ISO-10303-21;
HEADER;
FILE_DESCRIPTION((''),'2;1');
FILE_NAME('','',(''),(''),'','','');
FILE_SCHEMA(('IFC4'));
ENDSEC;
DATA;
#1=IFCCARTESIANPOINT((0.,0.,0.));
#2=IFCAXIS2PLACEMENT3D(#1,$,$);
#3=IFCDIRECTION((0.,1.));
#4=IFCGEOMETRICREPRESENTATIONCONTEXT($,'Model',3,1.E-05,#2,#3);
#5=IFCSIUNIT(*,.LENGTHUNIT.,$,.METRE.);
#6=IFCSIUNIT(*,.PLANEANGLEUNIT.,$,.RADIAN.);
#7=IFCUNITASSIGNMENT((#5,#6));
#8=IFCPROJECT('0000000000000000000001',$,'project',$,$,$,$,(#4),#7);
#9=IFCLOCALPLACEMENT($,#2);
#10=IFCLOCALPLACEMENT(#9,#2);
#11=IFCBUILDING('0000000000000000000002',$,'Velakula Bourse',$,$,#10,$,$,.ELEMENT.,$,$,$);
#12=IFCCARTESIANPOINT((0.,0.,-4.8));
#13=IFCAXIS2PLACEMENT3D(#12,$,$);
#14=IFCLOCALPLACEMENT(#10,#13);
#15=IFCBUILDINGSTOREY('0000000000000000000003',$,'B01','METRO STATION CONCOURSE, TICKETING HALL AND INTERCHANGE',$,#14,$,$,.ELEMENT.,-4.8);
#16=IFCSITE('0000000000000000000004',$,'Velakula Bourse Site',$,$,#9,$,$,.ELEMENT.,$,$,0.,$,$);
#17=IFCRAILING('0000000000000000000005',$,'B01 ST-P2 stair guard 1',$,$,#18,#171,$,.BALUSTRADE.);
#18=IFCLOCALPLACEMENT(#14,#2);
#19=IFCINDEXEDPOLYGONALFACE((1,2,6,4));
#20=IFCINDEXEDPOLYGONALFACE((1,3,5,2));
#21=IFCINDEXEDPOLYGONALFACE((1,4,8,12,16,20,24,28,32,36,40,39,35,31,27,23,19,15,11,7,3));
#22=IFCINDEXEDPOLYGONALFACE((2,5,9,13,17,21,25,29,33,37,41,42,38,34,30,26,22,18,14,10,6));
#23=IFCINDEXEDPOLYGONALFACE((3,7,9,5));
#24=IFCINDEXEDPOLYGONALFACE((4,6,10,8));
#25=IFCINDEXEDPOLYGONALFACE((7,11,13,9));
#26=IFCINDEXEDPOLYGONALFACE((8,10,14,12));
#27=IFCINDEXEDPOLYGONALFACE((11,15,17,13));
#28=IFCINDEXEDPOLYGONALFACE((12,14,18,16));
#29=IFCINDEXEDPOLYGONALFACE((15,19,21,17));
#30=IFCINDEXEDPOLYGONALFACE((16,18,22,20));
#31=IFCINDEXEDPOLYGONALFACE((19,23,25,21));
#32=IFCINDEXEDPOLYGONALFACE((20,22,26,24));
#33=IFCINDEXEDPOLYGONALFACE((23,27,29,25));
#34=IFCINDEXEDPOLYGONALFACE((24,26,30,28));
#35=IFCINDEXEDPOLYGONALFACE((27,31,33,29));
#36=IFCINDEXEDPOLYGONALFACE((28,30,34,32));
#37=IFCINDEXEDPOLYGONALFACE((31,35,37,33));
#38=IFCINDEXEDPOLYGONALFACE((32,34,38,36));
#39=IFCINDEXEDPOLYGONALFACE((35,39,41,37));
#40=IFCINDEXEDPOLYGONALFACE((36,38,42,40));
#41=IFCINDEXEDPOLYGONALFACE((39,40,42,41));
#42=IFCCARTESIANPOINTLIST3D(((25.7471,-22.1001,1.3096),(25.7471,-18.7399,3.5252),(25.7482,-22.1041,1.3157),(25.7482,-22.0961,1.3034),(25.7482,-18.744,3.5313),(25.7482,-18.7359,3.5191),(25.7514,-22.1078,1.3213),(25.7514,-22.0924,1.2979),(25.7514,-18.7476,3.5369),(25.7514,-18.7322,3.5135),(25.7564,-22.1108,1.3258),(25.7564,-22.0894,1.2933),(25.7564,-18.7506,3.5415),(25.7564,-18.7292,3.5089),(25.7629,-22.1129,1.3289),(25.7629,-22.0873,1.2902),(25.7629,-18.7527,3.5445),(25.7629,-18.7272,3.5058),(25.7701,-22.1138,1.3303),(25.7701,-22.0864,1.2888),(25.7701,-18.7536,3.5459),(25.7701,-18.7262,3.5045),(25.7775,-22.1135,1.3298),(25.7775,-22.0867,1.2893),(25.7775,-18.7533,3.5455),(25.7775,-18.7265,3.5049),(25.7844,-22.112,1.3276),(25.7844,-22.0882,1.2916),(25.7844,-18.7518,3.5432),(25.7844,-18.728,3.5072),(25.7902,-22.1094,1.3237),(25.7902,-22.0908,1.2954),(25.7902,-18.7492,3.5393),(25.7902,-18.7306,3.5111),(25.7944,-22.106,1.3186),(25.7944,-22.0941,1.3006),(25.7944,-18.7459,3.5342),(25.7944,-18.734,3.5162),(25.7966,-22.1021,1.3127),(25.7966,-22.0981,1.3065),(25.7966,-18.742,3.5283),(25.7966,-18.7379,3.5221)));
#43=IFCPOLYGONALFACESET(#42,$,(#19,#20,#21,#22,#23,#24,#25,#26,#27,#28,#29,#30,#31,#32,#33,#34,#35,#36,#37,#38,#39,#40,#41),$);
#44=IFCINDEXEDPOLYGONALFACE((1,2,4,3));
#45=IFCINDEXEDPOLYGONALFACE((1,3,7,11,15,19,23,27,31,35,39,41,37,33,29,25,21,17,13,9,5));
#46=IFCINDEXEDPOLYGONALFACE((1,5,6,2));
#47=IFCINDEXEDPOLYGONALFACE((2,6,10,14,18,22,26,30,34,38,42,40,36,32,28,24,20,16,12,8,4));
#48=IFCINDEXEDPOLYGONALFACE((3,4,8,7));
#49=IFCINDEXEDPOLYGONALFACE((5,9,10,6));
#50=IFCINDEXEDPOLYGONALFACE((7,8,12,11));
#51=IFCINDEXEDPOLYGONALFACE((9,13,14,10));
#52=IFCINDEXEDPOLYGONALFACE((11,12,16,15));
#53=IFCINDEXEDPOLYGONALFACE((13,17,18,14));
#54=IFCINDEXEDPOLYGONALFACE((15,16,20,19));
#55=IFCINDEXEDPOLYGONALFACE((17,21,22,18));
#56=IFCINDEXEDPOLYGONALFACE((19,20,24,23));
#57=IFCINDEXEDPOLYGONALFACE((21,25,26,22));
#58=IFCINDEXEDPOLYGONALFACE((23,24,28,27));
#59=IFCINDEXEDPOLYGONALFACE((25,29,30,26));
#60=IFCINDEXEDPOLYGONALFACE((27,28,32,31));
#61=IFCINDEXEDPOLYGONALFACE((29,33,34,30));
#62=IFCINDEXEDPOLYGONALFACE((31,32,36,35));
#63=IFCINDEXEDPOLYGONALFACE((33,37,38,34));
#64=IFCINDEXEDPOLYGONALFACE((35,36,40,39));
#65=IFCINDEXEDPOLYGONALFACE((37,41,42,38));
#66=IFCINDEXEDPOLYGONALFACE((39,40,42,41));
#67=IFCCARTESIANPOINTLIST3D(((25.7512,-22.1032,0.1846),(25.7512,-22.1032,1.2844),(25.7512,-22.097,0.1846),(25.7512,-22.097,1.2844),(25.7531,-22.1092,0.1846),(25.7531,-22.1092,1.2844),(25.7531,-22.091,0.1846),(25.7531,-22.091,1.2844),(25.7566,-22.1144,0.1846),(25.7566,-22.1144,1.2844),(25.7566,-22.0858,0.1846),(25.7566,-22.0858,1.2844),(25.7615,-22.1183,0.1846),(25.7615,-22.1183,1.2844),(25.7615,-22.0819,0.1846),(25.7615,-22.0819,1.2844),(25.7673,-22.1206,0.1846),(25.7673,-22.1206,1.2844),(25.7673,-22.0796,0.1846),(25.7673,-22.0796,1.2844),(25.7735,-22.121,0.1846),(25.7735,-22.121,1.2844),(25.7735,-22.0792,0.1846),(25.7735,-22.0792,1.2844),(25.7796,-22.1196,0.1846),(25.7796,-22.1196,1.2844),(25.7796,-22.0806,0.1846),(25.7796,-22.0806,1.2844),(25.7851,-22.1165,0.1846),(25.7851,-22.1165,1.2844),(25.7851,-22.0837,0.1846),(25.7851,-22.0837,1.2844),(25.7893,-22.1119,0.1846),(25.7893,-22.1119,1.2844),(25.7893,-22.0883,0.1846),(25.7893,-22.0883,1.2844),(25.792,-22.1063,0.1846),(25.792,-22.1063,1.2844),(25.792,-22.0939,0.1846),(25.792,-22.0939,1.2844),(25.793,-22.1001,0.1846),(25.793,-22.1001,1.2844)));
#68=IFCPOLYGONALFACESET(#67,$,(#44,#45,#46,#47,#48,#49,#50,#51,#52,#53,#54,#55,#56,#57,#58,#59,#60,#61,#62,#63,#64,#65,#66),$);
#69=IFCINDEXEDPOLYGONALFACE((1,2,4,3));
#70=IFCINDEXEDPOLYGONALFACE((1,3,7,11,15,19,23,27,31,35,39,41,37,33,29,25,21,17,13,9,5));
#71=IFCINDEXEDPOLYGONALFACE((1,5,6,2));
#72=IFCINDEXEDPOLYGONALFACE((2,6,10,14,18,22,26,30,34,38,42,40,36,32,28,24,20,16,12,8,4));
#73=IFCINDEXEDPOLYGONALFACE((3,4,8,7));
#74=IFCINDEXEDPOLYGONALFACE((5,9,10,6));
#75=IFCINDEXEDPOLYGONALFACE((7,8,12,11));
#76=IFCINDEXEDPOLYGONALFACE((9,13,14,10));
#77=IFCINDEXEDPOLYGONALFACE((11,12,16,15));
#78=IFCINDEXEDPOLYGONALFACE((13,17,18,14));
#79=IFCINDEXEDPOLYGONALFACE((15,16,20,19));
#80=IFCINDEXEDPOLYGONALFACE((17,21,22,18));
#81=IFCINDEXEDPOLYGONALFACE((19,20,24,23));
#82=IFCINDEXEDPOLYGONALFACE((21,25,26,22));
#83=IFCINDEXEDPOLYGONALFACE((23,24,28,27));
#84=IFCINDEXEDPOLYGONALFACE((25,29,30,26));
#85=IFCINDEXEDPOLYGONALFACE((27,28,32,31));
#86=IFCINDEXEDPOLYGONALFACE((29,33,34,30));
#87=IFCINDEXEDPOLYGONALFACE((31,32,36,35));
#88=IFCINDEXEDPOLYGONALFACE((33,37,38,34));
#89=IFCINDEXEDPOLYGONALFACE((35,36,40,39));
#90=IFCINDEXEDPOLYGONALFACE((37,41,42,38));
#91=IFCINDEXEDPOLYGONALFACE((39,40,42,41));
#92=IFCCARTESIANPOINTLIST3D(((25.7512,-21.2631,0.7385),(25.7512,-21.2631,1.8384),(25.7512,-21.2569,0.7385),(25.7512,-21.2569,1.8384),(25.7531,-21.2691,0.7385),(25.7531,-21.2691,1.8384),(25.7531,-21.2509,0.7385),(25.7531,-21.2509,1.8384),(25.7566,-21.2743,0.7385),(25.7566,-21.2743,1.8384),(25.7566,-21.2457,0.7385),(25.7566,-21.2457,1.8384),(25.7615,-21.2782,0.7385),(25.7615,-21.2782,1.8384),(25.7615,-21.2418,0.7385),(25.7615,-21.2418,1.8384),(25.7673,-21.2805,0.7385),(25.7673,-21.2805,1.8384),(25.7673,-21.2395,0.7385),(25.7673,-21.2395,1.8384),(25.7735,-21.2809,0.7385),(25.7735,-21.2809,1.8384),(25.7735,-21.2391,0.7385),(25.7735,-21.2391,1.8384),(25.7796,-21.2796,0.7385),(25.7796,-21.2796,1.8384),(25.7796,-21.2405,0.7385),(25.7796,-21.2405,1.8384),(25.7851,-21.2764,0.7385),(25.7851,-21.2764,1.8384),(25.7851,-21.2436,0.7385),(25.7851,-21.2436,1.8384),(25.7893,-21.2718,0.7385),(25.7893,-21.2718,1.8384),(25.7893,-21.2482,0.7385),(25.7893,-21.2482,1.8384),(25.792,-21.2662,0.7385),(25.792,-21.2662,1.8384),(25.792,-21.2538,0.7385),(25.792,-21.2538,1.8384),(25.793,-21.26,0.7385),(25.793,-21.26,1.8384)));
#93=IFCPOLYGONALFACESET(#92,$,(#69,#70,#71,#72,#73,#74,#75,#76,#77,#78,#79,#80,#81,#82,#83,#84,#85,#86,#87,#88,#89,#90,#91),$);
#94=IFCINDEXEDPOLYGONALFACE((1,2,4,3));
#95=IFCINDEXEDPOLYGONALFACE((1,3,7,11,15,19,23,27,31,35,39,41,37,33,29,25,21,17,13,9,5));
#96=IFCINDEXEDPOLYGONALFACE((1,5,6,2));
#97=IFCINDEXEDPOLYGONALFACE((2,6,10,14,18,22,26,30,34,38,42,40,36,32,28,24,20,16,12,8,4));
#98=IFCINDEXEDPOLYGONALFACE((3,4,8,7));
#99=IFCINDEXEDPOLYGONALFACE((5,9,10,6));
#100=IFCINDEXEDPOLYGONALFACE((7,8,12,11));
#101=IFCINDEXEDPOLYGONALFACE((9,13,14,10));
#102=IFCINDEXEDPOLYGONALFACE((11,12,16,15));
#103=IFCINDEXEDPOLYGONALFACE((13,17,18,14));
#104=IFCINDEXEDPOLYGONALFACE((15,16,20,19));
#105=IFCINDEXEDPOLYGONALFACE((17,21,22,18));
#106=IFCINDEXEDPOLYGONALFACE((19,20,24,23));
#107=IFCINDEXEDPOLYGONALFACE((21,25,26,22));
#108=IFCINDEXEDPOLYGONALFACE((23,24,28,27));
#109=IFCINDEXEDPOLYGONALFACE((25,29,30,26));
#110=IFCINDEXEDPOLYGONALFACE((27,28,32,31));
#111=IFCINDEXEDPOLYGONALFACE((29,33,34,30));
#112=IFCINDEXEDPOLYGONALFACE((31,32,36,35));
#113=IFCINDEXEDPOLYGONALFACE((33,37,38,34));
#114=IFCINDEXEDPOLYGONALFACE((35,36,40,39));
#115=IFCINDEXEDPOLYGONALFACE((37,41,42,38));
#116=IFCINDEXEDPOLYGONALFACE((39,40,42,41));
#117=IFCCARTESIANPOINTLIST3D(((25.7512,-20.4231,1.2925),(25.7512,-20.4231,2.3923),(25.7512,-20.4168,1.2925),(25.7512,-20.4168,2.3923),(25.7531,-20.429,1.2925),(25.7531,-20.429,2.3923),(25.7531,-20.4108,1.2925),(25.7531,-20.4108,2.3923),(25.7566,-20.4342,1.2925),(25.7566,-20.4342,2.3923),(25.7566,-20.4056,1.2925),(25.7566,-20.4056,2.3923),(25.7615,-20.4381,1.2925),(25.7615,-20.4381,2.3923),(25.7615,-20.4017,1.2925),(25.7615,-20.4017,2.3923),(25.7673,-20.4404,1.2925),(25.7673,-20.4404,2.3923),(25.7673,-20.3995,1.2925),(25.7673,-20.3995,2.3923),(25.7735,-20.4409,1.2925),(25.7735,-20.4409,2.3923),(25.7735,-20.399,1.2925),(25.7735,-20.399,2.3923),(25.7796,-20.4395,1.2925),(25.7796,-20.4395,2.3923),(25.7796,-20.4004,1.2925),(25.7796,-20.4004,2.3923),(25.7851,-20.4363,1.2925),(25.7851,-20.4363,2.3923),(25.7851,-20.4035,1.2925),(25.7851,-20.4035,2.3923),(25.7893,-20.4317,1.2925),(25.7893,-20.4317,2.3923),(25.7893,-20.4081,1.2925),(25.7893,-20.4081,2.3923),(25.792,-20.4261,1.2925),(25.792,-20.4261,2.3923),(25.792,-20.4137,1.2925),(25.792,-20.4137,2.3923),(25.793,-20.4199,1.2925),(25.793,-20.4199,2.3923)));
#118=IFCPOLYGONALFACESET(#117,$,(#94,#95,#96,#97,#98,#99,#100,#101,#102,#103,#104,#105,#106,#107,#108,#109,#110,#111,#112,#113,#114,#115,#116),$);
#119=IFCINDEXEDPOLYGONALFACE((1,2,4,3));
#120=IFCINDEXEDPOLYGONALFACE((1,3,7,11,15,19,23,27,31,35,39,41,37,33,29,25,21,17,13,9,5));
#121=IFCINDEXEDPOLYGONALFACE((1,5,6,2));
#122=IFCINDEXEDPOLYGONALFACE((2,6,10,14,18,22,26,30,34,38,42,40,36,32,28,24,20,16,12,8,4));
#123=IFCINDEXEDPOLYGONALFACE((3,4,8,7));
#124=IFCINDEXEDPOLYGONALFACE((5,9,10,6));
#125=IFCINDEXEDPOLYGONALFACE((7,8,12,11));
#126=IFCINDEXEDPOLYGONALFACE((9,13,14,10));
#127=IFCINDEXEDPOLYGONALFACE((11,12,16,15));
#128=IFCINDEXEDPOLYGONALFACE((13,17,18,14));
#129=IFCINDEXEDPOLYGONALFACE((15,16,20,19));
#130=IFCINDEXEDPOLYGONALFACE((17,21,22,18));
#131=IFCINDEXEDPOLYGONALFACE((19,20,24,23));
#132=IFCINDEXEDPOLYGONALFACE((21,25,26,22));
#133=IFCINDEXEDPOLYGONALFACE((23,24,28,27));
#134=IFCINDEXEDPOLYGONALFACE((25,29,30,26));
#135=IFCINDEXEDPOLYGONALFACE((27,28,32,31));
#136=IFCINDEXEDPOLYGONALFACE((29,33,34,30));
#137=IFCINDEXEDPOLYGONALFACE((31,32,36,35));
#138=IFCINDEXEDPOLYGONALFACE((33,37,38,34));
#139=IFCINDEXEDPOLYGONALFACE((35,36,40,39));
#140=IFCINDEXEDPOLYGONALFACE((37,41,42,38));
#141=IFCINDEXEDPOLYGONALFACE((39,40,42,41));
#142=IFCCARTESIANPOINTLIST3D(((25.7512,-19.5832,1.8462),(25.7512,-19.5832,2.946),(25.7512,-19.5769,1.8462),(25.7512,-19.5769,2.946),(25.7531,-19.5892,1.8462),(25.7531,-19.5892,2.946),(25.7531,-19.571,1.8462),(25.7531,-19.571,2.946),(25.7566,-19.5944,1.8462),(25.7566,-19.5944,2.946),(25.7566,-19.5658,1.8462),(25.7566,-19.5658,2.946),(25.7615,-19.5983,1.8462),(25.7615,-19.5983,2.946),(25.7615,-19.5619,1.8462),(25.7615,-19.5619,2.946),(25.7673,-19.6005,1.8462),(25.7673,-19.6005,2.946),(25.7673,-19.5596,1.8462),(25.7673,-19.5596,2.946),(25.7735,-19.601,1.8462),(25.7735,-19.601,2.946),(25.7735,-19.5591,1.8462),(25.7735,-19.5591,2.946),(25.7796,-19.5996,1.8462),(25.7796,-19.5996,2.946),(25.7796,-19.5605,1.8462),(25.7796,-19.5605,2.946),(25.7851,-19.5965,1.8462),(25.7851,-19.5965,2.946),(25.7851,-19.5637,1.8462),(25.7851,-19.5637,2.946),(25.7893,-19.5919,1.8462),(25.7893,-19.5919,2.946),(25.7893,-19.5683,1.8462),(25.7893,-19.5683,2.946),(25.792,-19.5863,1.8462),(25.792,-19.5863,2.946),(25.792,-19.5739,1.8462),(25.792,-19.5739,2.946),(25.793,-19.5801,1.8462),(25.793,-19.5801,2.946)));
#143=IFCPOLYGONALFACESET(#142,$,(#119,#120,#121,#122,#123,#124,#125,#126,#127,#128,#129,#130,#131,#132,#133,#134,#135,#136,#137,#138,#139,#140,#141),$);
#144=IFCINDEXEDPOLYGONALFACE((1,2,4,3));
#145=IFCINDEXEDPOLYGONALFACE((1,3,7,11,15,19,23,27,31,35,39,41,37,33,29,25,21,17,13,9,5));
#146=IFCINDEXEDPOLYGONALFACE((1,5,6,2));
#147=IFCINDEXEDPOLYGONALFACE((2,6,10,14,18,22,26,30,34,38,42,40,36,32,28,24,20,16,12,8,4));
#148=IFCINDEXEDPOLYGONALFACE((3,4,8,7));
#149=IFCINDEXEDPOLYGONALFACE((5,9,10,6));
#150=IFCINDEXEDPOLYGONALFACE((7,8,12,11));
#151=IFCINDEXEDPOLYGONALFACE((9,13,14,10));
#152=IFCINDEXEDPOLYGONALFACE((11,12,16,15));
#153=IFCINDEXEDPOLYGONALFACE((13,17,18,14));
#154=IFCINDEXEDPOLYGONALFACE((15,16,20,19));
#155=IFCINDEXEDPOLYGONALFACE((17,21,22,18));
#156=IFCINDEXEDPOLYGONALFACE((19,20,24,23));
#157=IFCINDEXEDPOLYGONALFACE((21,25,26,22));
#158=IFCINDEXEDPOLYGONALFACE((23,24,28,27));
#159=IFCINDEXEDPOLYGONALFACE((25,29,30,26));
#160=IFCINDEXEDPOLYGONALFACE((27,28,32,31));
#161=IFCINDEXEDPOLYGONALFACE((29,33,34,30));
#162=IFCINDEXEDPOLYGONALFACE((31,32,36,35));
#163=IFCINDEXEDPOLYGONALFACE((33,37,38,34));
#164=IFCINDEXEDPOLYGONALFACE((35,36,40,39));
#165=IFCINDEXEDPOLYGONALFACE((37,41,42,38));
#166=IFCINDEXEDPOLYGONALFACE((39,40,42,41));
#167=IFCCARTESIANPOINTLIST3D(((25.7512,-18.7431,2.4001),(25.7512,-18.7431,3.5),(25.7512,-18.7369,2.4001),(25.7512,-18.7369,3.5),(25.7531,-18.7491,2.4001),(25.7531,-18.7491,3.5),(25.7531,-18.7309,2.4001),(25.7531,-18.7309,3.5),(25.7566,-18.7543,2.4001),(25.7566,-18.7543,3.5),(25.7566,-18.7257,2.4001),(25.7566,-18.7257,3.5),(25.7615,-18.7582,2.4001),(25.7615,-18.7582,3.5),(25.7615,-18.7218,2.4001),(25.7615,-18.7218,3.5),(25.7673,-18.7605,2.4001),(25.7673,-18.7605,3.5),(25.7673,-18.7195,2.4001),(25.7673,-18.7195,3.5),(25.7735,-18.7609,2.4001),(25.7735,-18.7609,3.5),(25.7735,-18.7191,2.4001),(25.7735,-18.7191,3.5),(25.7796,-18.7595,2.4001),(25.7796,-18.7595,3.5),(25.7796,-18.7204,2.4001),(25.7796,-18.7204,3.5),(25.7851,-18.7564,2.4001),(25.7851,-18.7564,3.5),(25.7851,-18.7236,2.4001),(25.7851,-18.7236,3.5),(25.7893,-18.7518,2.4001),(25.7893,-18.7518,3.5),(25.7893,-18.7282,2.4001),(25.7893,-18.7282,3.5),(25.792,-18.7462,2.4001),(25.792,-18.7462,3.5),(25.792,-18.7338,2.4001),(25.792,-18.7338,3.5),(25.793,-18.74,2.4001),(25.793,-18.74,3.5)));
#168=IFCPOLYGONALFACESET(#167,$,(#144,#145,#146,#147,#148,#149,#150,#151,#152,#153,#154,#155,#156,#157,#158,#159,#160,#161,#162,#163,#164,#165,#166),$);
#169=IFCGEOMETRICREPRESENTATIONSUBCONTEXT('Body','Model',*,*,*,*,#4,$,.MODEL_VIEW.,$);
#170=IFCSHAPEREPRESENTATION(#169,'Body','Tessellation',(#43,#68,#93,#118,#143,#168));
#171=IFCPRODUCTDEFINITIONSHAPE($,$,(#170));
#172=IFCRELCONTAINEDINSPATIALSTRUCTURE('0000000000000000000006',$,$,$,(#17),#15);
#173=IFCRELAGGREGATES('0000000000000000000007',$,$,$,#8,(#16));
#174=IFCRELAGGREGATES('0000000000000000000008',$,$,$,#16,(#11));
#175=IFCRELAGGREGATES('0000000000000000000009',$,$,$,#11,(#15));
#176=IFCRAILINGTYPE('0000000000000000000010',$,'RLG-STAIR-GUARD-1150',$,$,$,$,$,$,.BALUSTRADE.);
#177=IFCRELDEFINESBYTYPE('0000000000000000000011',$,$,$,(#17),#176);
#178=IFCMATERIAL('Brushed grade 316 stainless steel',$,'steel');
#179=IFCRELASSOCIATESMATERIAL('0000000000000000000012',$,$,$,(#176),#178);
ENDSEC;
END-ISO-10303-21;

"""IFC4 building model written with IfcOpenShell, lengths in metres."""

from ifc_helpers import new_model, si_unit, direction, frame, origin, origin_2d, place, context, subcontext, project, spatial, circle, extrude, material, type_object, element, save


model = new_model("IFC4")

# Units and contexts
model_context = context("Model", 3, precision=1e-05, world=origin(), true_north=direction((0.0, 1.0)))
body_context = subcontext(model_context, "Body", "Model", "MODEL_VIEW")
ifc_project = project(units=[si_unit("LENGTHUNIT", "METRE"), si_unit("PLANEANGLEUNIT", "RADIAN")], contexts=[model_context])

# Site, building, storey
site_placement = place(None, origin())
site = spatial("IfcSite", under=ifc_project, at=site_placement, Name="Velakula Bourse Site", CompositionType="ELEMENT", RefElevation=0.0)
building_placement = place(site_placement, origin())
building = spatial("IfcBuilding", under=site, at=building_placement, Name="Velakula Bourse", CompositionType="ELEMENT")
storey_placement = place(building_placement, frame((0.0, 0.0, -4.8)))
storey = spatial("IfcBuildingStorey", under=building, at=storey_placement, Name="B01", Description="METRO STATION CONCOURSE, TICKETING HALL AND INTERCHANGE", CompositionType="ELEMENT", Elevation=-4.8)

# Railing
ifc_material_1 = material(Name="Brushed grade 316 stainless steel", Category="steel")
railing_type_1 = type_object("IfcRailingType", Name="RLG-STAIR-GUARD-1150", PredefinedType="BALUSTRADE", material=ifc_material_1)
railing_1_placement = place(storey_placement, frame((25.772, -22.1001, 0.1846)))
element("IfcRailing", 1, at=railing_1_placement, inside=storey, type_object=railing_type_1, Name="B01 ST-P2 stair guard 1", PredefinedType="BALUSTRADE", context=body_context, shape_type="SweptSolid", body=[
    extrude(circle(Radius=0.0249, at=origin_2d()), frame((0.0, 0.0, 1.125), z_axis=(0.0, 0.834849, 0.55048), x_axis=(-1.0, 0.0, 0.0)), (0.0, 0.0, 1.0), 4.0249),
    extrude(circle(Radius=0.021, at=origin_2d()), origin(), (0.0, 0.0, 1.0), 1.0999),
    extrude(circle(Radius=0.021, at=origin_2d()), frame((0.0, 0.8401, 0.554)), (0.0, 0.0, 1.0), 1.0999),
    extrude(circle(Radius=0.021, at=origin_2d()), frame((0.0, 1.6802, 1.1079)), (0.0, 0.0, 1.0), 1.0999),
    extrude(circle(Radius=0.021, at=origin_2d()), frame((0.0, 2.52, 1.6616)), (0.0, 0.0, 1.0), 1.0999),
    extrude(circle(Radius=0.021, at=origin_2d()), frame((0.0, 3.3601, 2.2156)), (0.0, 0.0, 1.0), 1.0999),
])

save(model, "model.ifc")
